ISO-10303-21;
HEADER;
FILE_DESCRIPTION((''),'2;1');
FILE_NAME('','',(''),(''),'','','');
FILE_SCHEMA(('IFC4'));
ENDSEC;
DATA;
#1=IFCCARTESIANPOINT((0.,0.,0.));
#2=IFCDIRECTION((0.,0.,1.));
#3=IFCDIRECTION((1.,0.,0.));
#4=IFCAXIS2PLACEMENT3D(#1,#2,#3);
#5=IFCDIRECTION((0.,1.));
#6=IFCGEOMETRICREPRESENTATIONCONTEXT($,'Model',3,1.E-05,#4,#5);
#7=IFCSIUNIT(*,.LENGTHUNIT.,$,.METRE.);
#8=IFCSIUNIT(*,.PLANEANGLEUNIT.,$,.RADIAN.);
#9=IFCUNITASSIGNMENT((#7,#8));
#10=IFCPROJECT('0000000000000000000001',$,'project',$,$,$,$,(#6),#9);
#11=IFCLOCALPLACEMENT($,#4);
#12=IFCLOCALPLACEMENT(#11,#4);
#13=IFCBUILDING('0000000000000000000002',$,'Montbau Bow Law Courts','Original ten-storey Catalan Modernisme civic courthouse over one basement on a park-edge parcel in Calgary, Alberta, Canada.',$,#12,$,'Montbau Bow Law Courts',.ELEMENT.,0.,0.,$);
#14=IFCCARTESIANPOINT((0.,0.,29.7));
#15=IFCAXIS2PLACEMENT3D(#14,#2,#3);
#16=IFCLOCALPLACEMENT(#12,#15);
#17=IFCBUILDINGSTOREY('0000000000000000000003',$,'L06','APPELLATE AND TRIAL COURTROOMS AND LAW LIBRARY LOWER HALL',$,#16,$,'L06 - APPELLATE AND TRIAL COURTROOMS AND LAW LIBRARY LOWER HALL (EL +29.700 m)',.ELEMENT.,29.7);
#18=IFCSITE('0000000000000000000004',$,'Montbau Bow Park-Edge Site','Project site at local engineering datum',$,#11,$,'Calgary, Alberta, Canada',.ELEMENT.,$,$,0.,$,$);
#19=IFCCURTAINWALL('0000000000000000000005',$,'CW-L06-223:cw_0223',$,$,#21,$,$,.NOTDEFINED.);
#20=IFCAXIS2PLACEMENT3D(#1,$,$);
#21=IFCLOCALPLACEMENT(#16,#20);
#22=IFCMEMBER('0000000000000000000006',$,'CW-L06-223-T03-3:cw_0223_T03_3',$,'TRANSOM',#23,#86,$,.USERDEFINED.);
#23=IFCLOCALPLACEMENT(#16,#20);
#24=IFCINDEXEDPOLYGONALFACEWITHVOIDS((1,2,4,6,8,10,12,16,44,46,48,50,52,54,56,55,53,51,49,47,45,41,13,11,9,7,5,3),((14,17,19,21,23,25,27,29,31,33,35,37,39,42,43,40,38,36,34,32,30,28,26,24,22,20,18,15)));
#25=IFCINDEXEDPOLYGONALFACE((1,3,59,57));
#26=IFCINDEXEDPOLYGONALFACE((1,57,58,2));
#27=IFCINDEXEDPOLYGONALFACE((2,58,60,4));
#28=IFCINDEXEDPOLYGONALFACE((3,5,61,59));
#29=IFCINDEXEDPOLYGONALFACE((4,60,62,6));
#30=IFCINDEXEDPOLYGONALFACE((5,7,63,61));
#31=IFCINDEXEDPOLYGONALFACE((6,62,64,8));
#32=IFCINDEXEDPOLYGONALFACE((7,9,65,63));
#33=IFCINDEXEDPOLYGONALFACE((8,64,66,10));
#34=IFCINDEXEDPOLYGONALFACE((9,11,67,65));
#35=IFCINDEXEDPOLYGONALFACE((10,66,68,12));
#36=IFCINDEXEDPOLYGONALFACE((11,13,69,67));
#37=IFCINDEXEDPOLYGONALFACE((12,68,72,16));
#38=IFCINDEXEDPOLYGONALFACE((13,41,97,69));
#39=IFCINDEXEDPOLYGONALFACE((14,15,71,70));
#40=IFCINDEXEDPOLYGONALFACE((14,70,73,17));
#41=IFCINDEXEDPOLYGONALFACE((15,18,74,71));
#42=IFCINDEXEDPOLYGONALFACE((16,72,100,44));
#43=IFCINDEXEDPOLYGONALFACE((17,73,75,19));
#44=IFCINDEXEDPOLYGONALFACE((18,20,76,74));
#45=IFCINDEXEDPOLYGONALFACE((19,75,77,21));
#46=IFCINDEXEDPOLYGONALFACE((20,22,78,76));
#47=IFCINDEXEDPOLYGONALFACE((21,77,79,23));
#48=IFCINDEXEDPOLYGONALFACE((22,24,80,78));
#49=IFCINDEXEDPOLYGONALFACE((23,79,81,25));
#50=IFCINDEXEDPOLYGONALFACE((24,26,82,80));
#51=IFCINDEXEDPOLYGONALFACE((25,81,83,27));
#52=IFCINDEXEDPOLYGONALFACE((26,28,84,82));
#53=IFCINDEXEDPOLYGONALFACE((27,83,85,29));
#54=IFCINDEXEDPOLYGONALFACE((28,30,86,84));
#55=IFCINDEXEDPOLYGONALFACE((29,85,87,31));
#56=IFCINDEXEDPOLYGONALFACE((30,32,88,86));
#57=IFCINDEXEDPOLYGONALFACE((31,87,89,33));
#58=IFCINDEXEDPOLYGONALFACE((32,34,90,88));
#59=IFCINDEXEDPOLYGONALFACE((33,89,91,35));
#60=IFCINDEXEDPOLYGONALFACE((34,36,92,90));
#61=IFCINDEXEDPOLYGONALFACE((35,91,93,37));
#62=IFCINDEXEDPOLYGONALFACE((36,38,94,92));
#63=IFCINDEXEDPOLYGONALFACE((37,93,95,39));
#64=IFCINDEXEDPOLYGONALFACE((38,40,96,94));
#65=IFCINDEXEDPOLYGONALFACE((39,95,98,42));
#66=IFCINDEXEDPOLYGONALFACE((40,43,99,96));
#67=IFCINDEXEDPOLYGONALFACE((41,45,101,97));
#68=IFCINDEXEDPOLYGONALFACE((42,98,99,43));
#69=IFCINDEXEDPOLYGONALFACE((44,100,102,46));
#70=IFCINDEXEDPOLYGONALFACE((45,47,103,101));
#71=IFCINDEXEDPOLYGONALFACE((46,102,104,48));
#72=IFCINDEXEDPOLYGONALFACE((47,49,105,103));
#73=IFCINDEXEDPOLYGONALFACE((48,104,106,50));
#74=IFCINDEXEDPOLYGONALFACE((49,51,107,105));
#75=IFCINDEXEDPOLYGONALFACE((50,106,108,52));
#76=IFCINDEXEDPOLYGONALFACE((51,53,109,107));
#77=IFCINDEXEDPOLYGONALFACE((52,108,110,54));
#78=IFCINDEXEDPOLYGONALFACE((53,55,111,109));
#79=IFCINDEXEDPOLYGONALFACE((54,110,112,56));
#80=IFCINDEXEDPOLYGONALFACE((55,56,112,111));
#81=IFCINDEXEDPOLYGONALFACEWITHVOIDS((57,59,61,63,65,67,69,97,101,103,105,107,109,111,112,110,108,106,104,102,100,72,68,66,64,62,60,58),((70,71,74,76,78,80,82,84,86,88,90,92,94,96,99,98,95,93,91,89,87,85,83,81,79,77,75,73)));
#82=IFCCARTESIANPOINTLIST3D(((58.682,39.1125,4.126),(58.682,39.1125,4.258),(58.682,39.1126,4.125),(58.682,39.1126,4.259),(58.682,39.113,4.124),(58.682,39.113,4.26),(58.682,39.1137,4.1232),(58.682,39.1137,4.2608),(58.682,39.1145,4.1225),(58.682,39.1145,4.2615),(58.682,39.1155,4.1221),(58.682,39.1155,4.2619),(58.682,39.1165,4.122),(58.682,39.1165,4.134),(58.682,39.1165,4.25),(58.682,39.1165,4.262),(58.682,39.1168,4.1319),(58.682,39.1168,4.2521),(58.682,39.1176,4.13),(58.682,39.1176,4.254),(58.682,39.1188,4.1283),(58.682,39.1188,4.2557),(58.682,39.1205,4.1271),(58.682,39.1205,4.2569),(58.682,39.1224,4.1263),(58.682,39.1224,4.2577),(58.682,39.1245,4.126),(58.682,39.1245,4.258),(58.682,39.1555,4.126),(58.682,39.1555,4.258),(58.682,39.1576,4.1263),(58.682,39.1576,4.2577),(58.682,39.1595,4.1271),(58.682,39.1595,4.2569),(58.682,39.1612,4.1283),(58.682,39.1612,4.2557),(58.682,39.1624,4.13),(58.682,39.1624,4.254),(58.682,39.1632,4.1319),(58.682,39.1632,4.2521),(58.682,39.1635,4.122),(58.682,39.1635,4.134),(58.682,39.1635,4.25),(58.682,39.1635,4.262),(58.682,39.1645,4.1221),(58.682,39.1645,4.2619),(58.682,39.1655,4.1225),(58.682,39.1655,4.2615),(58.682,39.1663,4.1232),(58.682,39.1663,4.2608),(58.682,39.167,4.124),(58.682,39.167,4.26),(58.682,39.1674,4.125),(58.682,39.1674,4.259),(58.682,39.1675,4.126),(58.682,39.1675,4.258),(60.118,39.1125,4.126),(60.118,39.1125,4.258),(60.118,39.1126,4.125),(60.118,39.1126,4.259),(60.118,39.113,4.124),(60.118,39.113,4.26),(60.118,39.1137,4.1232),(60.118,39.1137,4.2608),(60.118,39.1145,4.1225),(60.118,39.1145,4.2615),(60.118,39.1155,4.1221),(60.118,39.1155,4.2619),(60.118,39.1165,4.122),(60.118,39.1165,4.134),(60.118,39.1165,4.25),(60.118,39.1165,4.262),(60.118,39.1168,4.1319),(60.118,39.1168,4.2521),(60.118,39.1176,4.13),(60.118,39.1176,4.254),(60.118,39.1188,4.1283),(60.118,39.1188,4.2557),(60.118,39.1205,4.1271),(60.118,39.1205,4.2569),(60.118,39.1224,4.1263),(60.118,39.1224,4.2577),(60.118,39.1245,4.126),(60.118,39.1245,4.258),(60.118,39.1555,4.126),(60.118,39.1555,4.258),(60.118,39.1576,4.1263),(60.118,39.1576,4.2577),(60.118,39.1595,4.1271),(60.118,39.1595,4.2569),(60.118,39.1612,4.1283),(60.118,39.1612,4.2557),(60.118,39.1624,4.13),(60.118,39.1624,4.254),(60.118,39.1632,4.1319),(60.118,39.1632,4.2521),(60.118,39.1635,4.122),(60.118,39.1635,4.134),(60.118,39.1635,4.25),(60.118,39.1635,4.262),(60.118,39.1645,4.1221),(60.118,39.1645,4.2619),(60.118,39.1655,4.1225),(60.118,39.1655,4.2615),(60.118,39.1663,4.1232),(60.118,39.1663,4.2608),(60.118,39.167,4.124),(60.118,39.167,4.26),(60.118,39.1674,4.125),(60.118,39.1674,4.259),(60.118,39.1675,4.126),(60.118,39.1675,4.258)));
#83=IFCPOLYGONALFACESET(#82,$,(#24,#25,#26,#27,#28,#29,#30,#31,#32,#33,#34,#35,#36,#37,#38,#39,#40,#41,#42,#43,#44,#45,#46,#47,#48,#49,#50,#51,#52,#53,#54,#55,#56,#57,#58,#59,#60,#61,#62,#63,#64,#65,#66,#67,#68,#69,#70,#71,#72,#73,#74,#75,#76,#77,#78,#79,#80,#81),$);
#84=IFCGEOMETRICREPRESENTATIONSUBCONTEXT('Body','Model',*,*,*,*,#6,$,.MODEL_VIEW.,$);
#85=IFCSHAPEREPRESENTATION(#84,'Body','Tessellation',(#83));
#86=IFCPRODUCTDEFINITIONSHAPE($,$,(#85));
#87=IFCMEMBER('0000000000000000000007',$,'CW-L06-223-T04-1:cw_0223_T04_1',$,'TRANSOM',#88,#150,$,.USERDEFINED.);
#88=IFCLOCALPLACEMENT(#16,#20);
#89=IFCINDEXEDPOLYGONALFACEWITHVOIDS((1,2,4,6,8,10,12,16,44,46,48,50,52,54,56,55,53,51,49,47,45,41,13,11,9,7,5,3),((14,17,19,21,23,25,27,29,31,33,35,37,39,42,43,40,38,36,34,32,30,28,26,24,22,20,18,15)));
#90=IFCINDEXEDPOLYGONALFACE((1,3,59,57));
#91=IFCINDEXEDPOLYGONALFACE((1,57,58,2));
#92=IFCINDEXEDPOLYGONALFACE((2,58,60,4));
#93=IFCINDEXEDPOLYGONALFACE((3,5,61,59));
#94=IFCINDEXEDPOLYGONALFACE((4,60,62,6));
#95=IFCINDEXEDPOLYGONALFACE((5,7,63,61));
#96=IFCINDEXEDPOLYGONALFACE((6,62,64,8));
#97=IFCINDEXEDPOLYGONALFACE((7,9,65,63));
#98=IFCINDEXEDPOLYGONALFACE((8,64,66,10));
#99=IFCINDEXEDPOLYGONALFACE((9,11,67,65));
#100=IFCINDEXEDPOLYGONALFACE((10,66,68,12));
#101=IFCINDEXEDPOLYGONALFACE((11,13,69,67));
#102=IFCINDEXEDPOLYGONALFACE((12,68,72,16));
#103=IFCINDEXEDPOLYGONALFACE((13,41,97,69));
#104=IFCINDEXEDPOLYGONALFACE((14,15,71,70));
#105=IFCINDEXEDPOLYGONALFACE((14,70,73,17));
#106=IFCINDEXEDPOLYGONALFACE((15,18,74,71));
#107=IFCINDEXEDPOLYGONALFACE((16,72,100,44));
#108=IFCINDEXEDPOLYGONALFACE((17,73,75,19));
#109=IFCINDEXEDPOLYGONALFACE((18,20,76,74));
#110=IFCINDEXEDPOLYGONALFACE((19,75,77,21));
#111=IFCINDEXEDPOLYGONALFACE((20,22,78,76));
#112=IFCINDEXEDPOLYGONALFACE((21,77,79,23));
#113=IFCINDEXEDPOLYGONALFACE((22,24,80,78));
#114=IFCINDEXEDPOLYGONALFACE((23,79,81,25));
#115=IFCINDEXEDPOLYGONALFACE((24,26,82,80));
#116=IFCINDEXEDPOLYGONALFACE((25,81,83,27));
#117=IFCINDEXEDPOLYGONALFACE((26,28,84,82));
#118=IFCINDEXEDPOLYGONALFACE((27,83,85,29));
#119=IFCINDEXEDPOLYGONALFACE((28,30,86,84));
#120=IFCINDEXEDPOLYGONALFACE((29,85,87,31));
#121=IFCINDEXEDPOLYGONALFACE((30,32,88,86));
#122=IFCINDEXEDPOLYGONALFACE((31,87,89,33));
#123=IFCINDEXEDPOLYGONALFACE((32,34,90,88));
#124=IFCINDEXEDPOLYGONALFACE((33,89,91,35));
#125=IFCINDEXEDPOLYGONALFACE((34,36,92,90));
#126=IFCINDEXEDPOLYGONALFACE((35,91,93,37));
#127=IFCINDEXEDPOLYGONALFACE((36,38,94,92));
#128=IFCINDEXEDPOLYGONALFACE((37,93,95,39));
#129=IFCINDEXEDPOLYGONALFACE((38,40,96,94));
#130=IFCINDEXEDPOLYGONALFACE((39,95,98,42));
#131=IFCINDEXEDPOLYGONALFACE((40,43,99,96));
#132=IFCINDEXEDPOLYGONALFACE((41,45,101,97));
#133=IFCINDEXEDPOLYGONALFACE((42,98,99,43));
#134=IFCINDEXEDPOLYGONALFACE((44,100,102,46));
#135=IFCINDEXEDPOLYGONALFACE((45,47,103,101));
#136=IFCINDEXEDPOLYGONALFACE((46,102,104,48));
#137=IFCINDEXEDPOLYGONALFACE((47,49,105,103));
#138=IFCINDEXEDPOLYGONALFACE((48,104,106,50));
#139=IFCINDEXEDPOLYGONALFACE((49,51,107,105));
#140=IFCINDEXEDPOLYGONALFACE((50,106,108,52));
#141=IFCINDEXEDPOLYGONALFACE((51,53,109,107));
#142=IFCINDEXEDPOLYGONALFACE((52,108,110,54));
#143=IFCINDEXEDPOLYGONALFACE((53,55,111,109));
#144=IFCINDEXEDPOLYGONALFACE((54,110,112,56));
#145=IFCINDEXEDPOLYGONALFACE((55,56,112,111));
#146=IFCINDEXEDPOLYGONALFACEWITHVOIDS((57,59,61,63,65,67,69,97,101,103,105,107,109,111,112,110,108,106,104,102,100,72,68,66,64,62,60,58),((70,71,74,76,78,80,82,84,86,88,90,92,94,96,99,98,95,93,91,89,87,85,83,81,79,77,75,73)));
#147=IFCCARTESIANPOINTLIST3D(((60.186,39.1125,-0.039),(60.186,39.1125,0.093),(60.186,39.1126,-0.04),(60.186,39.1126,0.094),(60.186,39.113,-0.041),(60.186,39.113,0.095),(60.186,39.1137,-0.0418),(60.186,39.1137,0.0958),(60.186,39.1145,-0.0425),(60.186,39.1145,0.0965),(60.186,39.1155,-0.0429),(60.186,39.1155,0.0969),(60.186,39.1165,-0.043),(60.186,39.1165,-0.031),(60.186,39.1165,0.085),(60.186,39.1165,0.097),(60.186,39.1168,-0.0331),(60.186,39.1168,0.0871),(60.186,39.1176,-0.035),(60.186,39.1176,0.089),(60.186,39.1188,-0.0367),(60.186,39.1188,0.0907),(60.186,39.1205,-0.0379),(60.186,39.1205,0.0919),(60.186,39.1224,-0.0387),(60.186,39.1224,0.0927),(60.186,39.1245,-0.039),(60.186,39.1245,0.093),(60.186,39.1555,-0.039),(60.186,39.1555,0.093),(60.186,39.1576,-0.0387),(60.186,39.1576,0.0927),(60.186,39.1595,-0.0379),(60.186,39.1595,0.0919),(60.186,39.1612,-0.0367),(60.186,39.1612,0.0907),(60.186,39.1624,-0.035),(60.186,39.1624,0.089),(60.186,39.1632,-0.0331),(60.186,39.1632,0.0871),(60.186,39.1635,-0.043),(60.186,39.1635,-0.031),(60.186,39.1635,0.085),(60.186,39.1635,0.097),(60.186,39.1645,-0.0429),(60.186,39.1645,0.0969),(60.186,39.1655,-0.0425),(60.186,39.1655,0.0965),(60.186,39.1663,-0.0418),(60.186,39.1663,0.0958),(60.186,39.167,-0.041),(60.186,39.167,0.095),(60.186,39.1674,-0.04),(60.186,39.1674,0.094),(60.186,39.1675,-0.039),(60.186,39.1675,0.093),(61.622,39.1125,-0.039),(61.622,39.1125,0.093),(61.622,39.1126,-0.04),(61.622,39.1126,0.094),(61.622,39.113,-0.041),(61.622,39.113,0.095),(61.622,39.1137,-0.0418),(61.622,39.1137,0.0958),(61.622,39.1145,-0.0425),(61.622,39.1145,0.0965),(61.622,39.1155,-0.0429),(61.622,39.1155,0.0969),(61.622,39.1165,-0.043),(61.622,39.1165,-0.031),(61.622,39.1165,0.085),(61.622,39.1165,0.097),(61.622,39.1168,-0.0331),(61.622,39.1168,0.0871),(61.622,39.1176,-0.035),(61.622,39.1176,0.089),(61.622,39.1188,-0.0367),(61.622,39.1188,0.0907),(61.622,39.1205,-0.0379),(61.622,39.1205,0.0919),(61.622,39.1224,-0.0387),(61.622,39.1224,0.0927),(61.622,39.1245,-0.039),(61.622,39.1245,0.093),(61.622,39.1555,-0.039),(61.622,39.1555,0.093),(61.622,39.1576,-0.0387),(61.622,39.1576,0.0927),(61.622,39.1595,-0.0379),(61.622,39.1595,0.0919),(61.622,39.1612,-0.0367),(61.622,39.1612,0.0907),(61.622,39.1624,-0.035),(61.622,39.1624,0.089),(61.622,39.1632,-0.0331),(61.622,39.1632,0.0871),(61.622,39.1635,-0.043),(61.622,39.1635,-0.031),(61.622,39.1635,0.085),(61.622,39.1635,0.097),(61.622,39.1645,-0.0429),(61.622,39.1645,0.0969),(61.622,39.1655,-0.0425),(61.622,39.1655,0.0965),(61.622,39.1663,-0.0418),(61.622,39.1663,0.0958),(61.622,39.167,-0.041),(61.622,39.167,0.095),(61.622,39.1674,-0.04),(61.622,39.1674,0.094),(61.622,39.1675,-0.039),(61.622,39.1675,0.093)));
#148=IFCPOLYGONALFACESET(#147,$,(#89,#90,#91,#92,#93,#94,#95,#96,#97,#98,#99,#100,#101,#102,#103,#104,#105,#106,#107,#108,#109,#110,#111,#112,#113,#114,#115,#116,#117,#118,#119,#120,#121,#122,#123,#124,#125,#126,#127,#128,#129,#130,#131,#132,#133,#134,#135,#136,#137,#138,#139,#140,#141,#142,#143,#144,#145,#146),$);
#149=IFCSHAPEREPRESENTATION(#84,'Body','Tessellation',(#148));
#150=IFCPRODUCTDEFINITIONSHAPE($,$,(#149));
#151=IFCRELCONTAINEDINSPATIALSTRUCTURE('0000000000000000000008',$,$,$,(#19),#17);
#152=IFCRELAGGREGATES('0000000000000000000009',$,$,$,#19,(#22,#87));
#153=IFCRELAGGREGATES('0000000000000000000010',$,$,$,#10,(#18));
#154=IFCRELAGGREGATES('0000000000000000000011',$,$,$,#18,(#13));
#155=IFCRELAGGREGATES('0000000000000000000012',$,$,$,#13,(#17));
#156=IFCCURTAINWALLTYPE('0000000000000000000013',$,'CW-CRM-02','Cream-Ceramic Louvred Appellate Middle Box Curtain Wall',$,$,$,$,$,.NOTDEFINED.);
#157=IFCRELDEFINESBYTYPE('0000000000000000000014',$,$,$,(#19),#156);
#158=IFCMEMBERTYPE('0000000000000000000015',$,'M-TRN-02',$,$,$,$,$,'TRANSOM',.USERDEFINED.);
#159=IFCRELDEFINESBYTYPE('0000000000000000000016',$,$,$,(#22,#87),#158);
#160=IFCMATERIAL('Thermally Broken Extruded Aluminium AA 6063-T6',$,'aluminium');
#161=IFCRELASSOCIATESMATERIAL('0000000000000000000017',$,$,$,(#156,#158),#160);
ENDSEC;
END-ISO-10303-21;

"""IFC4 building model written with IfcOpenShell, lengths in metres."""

from ifc_helpers import new_model, si_unit, direction, frame, origin_with_axes, origin_2d_with_axis, place, context, subcontext, project, spatial, hollow_rectangle, extrude, material, material_profile, profile_set, type_object, element, aggregate, save


model = new_model("IFC4")

# Units and contexts
model_context = context("Model", 3, precision=1e-05, world=origin_with_axes(), true_north=direction((0.0, 1.0)))
body_context = subcontext(model_context, "Body", "Model", "MODEL_VIEW")
ifc_project = project(units=[si_unit("LENGTHUNIT", "METRE"), si_unit("PLANEANGLEUNIT", "RADIAN")], contexts=[model_context])

# Site, building, storey
site_placement = place(None, origin_with_axes())
site = spatial("IfcSite", under=ifc_project, at=site_placement, Name="Montbau Bow Park-Edge Site", Description="Project site at local engineering datum", LongName="Calgary, Alberta, Canada", CompositionType="ELEMENT", RefElevation=0.0)
building_placement = place(site_placement, origin_with_axes())
building = spatial("IfcBuilding", under=site, at=building_placement, Name="Montbau Bow Law Courts", Description="Original ten-storey Catalan Modernisme civic courthouse over one basement on a park-edge parcel in Calgary, Alberta, Canada.", LongName="Montbau Bow Law Courts", CompositionType="ELEMENT", ElevationOfRefHeight=0.0, ElevationOfTerrain=0.0)
storey_placement = place(building_placement, frame((0.0, 0.0, 29.7), z_axis=(0.0, 0.0, 1.0), x_axis=(1.0, 0.0, 0.0)))
storey = spatial("IfcBuildingStorey", under=building, at=storey_placement, Name="L06", Description="APPELLATE AND TRIAL COURTROOMS AND LAW LIBRARY LOWER HALL", LongName="L06 - APPELLATE AND TRIAL COURTROOMS AND LAW LIBRARY LOWER HALL (EL +29.700 m)", CompositionType="ELEMENT", Elevation=29.7)

# Curtain wall, members
ifc_material_1 = material(Name="Thermally Broken Extruded Aluminium AA 6063-T6", Category="aluminium")
curtain_wall_type = type_object("IfcCurtainWallType", Name="CW-CRM-02", Description="Cream-Ceramic Louvred Appellate Middle Box Curtain Wall", PredefinedType="NOTDEFINED", material=ifc_material_1)
curtain_wall_placement = place(None, frame((55.64, 39.14, 29.7), z_axis=(0.0, 0.0, 1.0), x_axis=(1.0, 0.0, 0.0)))
curtain_wall = element("IfcCurtainWall", 1, at=curtain_wall_placement, inside=storey, type_object=curtain_wall_type, Name="CW-L06-223:cw_0223", PredefinedType="NOTDEFINED")
ifc_material_profile_1 = material_profile(ifc_material_1, hollow_rectangle(XDim=0.055, YDim=0.14, WallThickness=0.004, InnerFilletRadius=0.008, OuterFilletRadius=0.004, at=origin_2d_with_axis()), Name="CWT-140X55", Category="Main", Priority=0)
ifc_profile_set_1 = profile_set([ifc_material_profile_1], Name="Thermally Broken Extruded Aluminium AA 6063-T6")
member_type_1 = type_object("IfcMemberType", Name="M-TRN-02", ElementType="TRANSOM", PredefinedType="USERDEFINED", material=ifc_profile_set_1)
member_1_placement = place(None, frame((58.682, 39.14, 33.892), z_axis=(1.0, 0.0, 0.0), x_axis=(0.0, 1.0, 0.0)))
member_1 = element("IfcMember", 2, at=member_1_placement, type_object=member_type_1, Name="CW-L06-223-T03-3:cw_0223_T03_3", ObjectType="TRANSOM", PredefinedType="USERDEFINED", context=body_context, shape_type="SweptSolid", body=[
    extrude(hollow_rectangle(XDim=0.055, YDim=0.14, WallThickness=0.004, InnerFilletRadius=0.008, OuterFilletRadius=0.004, at=origin_2d_with_axis()), origin_with_axes(), (0.0, 0.0, 1.0), 1.436),
])
member_2_placement = place(None, frame((60.186, 39.14, 29.727), z_axis=(1.0, 0.0, 0.0), x_axis=(0.0, 1.0, 0.0)))
member_2 = element("IfcMember", 3, at=member_2_placement, type_object=member_type_1, Name="CW-L06-223-T04-1:cw_0223_T04_1", ObjectType="TRANSOM", PredefinedType="USERDEFINED", context=body_context, shape_type="SweptSolid", body=[
    extrude(hollow_rectangle(XDim=0.055, YDim=0.14, WallThickness=0.004, InnerFilletRadius=0.008, OuterFilletRadius=0.004, at=origin_2d_with_axis()), origin_with_axes(), (0.0, 0.0, 1.0), 1.436),
])
aggregate(curtain_wall, [member_1, member_2])

save(model, "model.ifc")
